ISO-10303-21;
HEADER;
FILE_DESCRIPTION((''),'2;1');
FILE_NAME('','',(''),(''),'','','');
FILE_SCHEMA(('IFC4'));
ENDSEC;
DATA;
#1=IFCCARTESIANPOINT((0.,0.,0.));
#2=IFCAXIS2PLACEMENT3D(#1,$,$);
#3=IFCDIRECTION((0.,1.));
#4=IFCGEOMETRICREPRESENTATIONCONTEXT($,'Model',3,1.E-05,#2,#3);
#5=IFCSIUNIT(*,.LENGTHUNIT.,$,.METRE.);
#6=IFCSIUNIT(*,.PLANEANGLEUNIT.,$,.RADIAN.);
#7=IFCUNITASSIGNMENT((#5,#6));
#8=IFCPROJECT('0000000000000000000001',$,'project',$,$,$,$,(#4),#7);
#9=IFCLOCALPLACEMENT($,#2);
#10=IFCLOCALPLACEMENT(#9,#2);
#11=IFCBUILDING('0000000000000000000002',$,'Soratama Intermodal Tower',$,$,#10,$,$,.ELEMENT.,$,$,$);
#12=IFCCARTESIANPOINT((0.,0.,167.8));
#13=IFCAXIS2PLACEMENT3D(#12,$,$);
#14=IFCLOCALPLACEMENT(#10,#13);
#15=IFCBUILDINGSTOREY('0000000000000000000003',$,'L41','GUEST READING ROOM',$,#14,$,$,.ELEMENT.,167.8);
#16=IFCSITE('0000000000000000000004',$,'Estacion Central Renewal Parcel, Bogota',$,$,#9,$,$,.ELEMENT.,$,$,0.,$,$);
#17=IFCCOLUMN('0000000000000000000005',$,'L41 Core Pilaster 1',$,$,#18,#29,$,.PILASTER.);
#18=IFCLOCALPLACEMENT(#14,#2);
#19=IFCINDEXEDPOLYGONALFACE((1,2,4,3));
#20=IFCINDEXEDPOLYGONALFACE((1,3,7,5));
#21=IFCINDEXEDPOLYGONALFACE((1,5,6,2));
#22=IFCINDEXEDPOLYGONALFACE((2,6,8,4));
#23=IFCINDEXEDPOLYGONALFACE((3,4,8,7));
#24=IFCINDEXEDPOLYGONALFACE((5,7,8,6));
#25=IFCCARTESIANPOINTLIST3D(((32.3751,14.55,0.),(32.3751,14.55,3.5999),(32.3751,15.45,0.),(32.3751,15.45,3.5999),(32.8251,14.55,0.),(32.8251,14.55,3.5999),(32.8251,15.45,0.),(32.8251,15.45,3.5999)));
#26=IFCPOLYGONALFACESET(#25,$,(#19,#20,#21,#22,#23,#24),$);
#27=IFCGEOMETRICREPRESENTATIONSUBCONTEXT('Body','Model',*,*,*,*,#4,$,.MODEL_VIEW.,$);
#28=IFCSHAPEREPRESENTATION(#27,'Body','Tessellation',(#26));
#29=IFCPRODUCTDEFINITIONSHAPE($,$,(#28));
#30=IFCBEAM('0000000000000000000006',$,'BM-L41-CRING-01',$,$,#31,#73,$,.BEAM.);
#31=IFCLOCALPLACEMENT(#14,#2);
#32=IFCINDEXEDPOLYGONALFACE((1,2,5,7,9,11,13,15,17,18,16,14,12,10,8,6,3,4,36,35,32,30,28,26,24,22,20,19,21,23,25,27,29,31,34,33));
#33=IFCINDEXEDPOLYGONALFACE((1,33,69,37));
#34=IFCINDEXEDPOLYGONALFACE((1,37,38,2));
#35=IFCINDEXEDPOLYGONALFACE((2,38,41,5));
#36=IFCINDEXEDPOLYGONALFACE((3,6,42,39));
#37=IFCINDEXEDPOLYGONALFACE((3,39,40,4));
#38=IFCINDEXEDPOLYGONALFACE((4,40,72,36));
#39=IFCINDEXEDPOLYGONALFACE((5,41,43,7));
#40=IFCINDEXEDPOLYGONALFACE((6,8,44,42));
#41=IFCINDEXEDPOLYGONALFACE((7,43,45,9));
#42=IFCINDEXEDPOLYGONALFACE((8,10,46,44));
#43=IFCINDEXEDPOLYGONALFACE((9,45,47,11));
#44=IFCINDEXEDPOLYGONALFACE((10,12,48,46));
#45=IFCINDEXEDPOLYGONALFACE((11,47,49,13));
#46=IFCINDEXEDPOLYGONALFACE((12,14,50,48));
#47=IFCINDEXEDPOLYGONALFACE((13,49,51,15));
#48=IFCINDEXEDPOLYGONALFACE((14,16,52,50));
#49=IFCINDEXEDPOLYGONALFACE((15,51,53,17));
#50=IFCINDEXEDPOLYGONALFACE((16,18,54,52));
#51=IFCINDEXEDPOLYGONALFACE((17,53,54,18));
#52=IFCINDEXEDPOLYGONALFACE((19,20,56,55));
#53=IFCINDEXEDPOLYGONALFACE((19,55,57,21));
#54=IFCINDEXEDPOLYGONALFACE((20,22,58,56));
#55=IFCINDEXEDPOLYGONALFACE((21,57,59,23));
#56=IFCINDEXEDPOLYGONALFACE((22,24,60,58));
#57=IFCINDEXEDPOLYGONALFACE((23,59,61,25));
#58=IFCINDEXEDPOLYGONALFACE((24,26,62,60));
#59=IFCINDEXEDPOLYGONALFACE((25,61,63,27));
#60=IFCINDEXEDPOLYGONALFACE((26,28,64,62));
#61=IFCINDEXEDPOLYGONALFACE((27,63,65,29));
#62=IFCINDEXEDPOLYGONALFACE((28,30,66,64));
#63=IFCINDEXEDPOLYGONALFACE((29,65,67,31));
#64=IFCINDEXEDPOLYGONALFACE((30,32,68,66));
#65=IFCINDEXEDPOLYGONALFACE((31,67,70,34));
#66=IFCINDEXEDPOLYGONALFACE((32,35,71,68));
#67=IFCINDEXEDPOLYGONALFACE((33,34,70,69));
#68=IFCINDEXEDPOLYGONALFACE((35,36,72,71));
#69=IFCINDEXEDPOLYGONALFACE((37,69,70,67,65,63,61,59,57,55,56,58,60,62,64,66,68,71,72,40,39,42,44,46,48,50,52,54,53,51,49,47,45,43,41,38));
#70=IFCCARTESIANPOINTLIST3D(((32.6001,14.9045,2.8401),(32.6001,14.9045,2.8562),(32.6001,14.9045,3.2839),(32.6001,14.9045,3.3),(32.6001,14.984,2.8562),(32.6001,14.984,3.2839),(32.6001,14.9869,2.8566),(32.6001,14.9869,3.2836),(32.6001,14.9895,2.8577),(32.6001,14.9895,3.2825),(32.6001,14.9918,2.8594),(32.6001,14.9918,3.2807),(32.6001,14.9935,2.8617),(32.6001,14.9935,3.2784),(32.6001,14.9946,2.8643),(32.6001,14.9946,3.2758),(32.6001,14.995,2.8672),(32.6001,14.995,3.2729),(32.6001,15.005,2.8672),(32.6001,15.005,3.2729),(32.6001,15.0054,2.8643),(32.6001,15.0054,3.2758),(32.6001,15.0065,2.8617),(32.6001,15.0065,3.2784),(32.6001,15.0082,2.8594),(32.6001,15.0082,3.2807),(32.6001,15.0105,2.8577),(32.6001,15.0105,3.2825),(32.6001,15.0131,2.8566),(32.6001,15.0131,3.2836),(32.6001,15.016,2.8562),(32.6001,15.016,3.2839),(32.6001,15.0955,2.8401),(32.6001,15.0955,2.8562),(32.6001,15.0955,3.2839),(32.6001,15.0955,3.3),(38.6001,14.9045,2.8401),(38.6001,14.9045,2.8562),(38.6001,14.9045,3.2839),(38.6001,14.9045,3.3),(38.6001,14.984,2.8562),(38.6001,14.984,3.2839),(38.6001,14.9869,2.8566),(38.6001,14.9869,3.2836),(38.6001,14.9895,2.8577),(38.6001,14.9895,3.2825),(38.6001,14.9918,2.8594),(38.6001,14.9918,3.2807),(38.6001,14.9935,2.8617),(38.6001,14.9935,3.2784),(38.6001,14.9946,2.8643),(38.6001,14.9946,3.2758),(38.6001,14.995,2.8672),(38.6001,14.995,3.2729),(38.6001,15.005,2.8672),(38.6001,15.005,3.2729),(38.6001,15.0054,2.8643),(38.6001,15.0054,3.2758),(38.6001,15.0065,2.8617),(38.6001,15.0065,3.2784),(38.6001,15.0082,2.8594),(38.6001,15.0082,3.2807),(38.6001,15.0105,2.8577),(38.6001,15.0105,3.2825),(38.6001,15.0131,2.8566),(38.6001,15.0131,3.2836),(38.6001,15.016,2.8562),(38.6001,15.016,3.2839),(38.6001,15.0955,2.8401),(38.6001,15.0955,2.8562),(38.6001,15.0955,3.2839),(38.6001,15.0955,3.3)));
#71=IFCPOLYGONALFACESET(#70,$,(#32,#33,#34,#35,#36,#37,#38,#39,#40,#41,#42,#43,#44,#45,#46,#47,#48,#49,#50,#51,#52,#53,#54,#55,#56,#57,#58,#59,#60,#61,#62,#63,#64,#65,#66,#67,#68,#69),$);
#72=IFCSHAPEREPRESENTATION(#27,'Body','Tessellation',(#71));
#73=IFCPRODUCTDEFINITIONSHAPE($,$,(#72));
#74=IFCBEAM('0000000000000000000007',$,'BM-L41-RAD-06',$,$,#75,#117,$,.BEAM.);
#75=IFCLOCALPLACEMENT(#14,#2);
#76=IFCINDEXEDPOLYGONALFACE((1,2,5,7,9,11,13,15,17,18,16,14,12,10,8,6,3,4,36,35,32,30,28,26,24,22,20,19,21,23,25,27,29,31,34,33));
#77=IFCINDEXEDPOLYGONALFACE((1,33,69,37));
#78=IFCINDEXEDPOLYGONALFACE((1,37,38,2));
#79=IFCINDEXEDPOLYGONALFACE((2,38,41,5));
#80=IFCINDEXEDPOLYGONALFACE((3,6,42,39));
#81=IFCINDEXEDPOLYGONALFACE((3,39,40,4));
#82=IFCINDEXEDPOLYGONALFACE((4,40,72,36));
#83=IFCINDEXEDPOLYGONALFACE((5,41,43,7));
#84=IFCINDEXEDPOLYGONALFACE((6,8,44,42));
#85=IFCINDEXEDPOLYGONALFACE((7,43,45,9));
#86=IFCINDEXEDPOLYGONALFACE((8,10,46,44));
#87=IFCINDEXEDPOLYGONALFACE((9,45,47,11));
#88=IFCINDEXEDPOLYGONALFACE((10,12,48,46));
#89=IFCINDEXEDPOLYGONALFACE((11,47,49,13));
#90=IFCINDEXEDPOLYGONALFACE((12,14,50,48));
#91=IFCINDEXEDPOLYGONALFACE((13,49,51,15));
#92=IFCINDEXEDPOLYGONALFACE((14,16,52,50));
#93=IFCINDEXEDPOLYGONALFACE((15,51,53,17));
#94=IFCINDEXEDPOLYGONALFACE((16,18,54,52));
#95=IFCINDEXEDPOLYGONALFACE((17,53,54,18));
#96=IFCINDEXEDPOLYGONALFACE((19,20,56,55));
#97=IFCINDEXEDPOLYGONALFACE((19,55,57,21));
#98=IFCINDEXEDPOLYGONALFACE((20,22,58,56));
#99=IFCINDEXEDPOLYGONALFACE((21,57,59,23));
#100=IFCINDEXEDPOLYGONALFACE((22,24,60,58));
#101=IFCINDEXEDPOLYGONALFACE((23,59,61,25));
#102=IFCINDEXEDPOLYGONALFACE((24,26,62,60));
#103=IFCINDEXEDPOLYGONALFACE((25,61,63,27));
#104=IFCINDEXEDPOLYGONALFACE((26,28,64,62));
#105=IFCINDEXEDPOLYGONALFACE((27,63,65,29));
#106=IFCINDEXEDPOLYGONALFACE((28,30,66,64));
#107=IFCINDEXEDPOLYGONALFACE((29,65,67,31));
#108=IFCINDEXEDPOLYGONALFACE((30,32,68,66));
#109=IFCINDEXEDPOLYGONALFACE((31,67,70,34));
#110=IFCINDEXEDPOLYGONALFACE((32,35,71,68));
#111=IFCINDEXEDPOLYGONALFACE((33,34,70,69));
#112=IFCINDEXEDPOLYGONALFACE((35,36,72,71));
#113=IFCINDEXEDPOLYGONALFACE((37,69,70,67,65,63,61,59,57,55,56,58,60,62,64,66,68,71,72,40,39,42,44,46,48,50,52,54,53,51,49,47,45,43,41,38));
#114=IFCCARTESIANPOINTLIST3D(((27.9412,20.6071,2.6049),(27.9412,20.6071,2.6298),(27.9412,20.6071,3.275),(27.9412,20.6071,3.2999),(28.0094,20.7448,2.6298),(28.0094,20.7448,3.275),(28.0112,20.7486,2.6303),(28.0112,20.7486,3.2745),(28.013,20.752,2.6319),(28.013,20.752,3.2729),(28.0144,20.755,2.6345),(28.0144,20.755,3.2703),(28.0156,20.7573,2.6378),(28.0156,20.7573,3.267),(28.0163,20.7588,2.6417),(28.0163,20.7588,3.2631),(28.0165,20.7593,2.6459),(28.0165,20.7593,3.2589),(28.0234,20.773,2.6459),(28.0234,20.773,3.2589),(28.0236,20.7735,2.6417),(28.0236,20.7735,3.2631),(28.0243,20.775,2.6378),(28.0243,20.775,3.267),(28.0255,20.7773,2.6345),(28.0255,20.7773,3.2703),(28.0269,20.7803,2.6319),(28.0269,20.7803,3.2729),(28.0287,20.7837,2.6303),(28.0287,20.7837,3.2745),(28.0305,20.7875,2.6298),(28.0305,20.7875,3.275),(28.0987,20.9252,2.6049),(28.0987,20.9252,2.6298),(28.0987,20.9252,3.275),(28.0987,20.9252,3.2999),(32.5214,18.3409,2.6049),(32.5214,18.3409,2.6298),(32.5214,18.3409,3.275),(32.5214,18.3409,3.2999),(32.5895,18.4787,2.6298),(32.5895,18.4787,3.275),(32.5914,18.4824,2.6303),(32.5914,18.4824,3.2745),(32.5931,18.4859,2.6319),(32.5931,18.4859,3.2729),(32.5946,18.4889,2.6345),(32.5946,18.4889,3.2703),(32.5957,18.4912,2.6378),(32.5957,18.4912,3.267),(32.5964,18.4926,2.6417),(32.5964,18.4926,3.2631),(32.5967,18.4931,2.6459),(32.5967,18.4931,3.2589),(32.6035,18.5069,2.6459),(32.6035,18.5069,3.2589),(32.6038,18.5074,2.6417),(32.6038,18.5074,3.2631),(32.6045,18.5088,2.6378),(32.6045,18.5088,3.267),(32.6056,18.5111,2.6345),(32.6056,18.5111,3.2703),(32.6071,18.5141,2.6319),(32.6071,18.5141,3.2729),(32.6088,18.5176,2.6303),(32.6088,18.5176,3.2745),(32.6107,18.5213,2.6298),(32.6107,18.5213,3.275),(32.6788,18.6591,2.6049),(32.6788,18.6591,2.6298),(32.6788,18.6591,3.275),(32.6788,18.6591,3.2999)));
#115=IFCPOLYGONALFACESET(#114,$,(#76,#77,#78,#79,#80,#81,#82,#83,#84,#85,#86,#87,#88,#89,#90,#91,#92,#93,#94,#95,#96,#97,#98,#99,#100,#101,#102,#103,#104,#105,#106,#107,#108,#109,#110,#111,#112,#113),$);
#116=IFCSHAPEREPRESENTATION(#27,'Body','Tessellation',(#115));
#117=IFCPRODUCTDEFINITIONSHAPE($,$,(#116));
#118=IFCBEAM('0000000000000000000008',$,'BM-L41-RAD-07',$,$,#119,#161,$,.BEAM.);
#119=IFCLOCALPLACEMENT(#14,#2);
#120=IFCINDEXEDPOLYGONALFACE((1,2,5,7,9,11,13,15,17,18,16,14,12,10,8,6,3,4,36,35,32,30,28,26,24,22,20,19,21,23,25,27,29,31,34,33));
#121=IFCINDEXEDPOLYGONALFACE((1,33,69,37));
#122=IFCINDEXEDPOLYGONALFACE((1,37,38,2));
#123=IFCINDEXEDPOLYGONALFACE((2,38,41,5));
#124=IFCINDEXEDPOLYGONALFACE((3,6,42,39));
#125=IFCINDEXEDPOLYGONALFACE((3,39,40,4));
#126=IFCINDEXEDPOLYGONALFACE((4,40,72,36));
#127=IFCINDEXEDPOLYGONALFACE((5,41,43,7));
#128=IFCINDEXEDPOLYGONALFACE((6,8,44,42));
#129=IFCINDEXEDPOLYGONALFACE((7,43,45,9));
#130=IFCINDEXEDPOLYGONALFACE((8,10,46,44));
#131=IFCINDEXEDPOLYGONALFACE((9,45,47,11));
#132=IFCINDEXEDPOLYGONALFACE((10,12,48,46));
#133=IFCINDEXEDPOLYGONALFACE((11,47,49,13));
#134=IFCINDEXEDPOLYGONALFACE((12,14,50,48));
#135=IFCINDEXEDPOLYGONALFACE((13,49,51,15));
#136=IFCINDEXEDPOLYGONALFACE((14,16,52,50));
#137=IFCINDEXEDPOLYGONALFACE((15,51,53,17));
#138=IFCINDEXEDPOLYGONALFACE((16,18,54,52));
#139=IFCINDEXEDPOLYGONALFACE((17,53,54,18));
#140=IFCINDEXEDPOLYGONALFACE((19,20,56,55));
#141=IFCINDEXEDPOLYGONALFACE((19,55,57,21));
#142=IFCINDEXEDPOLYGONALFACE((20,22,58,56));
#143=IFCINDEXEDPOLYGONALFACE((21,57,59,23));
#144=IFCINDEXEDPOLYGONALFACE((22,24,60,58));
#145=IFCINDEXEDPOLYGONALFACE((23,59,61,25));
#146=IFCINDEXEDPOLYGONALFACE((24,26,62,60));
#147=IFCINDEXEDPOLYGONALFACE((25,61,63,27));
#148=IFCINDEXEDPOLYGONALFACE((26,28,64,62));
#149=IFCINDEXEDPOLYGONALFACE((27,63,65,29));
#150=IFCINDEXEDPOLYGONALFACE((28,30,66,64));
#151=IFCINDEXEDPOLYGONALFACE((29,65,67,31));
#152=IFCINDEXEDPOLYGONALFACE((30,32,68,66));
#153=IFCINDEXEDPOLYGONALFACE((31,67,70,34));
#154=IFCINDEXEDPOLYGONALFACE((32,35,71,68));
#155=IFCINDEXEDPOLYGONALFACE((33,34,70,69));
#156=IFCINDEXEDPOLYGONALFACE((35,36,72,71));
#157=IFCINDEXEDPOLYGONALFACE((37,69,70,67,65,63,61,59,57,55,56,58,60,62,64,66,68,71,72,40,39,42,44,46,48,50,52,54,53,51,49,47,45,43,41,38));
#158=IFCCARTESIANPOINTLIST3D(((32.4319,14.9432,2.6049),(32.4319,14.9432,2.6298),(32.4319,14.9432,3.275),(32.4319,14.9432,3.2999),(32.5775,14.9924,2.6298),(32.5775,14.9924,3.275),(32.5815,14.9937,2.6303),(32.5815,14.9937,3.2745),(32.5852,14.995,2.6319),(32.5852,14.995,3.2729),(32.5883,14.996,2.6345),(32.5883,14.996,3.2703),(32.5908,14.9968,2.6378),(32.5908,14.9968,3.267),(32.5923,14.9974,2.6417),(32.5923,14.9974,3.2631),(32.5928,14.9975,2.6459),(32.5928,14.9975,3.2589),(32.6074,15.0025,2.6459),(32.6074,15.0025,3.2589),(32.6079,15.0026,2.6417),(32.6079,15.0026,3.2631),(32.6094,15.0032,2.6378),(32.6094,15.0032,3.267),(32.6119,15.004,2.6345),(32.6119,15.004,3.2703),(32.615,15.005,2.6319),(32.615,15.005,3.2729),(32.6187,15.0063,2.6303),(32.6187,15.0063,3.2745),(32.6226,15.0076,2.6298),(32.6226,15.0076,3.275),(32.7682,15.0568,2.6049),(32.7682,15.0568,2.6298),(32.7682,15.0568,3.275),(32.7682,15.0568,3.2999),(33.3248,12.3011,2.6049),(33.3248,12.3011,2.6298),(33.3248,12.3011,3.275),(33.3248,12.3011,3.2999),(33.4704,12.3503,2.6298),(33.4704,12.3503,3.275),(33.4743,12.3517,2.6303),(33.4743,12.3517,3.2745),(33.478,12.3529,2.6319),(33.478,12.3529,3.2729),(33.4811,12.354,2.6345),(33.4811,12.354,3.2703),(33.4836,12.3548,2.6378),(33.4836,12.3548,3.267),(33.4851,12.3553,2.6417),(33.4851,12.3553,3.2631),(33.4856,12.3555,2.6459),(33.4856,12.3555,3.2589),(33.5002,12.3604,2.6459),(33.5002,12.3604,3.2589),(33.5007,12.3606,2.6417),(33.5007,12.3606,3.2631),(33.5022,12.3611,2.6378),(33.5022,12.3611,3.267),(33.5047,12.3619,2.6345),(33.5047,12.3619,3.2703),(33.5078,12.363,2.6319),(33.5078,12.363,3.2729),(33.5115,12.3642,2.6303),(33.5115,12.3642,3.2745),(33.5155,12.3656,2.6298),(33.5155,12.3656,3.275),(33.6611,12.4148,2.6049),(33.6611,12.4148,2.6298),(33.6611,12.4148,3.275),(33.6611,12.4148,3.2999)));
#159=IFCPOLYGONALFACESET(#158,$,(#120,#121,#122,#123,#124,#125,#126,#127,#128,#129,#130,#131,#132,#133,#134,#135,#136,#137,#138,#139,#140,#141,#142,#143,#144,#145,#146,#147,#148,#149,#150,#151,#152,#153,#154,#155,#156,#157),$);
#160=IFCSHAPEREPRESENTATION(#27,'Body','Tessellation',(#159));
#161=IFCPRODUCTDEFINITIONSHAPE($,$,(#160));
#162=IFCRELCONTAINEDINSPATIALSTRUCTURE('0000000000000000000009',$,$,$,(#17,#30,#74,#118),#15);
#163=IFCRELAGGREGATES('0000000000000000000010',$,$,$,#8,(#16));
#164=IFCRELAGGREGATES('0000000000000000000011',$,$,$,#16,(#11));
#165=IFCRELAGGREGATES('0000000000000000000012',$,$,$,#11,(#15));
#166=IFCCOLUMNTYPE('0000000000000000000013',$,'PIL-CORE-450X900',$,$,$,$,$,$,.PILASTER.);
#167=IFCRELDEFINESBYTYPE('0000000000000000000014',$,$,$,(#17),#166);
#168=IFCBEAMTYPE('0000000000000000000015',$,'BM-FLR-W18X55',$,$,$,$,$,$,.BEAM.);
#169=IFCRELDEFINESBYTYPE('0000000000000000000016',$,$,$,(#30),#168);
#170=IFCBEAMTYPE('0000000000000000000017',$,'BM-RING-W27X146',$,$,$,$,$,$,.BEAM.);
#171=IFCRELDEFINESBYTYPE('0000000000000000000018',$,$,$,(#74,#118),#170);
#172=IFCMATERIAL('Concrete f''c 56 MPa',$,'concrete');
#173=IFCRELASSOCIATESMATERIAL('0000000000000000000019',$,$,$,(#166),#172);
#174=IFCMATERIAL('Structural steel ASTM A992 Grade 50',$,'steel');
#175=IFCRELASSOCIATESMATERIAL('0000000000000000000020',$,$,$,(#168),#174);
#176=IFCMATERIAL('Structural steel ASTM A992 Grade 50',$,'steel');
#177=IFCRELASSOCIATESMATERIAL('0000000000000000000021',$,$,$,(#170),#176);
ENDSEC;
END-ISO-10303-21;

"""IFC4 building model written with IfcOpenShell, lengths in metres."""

from ifc_helpers import new_model, si_unit, direction, frame, origin, origin_2d, place, context, subcontext, project, spatial, rectangle, i_section, extrude, material, material_profile, profile_set, type_object, element, save


model = new_model("IFC4")

# Units and contexts
model_context = context("Model", 3, precision=1e-05, world=origin(), true_north=direction((0.0, 1.0)))
body_context = subcontext(model_context, "Body", "Model", "MODEL_VIEW")
ifc_project = project(units=[si_unit("LENGTHUNIT", "METRE"), si_unit("PLANEANGLEUNIT", "RADIAN")], contexts=[model_context])

# Site, building, storey
site_placement = place(None, origin())
site = spatial("IfcSite", under=ifc_project, at=site_placement, Name="Estacion Central Renewal Parcel, Bogota", CompositionType="ELEMENT", RefElevation=0.0)
building_placement = place(site_placement, origin())
building = spatial("IfcBuilding", under=site, at=building_placement, Name="Soratama Intermodal Tower", CompositionType="ELEMENT")
storey_placement = place(building_placement, frame((0.0, 0.0, 167.8)))
storey = spatial("IfcBuildingStorey", under=building, at=storey_placement, Name="L41", Description="GUEST READING ROOM", CompositionType="ELEMENT", Elevation=167.8)

# Column
ifc_material_1 = material(Name="Concrete f'c 56 MPa", Category="concrete")
ifc_material_profile_1 = material_profile(ifc_material_1, rectangle(XDim=0.45, YDim=0.8999, at=origin_2d()), Name="RC450X900")
ifc_profile_set_1 = profile_set([ifc_material_profile_1], Name="Concrete f'c 56 MPa")
column_type = type_object("IfcColumnType", Name="PIL-CORE-450X900", PredefinedType="PILASTER", material=ifc_profile_set_1)
column_placement = place(storey_placement, frame((32.6001, 15.0, 0.0), z_axis=(0.0, 0.0, 1.0), x_axis=(1.0, 0.0, 0.0)))
element("IfcColumn", 1, at=column_placement, inside=storey, type_object=column_type, Name="L41 Core Pilaster 1", PredefinedType="PILASTER", context=body_context, shape_type="SweptSolid", body=[
    extrude(rectangle(XDim=0.45, YDim=0.8999, at=origin_2d()), origin(), (0.0, 0.0, 1.0), 3.5999),
])

# Beams
ifc_material_2 = material(Name="Structural steel ASTM A992 Grade 50", Category="steel")
ifc_material_profile_2 = material_profile(ifc_material_2, i_section(OverallWidth=0.1909, OverallDepth=0.46, WebThickness=0.01, FlangeThickness=0.0161, FilletRadius=0.011, at=origin_2d()), Name="W18X55")
ifc_profile_set_2 = profile_set([ifc_material_profile_2], Name="Structural steel ASTM A992 Grade 50")
beam_type_1 = type_object("IfcBeamType", Name="BM-FLR-W18X55", PredefinedType="BEAM", material=ifc_profile_set_2)
beam_1_placement = place(storey_placement, frame((32.6001, 15.0, 3.0701), z_axis=(1.0, 0.0, 0.0), x_axis=(0.0, 1.0, 0.0)))
element("IfcBeam", 2, at=beam_1_placement, inside=storey, type_object=beam_type_1, Name="BM-L41-CRING-01", PredefinedType="BEAM", context=body_context, shape_type="SweptSolid", body=[
    extrude(i_section(OverallWidth=0.1909, OverallDepth=0.46, WebThickness=0.01, FlangeThickness=0.0161, FilletRadius=0.011, at=origin_2d()), origin(), (0.0, 0.0, 1.0), 6.0),
])
ifc_material_3 = material(Name="Structural steel ASTM A992 Grade 50", Category="steel")
ifc_material_profile_3 = material_profile(ifc_material_3, i_section(OverallWidth=0.355, OverallDepth=0.6951, WebThickness=0.0154, FlangeThickness=0.0249, FilletRadius=0.0161, at=origin_2d()), Name="W27X146")
ifc_profile_set_3 = profile_set([ifc_material_profile_3], Name="Structural steel ASTM A992 Grade 50")
beam_type_2 = type_object("IfcBeamType", Name="BM-RING-W27X146", PredefinedType="BEAM", material=ifc_profile_set_3)
beam_2_placement = place(storey_placement, frame((32.6001, 18.5, 2.9524), z_axis=(-0.896292, 0.443464, 0.0), x_axis=(-0.443464, -0.896292, 0.0)))
element("IfcBeam", 3, at=beam_2_placement, inside=storey, type_object=beam_type_2, Name="BM-L41-RAD-06", PredefinedType="BEAM", context=body_context, shape_type="SweptSolid", body=[
    extrude(i_section(OverallWidth=0.355, OverallDepth=0.6951, WebThickness=0.0154, FlangeThickness=0.0249, FilletRadius=0.0161, at=origin_2d()), origin(), (0.0, 0.0, 1.0), 5.1101),
])
beam_3_placement = place(storey_placement, frame((32.6001, 15.0, 2.9524), z_axis=(0.320138, -0.947371, 0.0), x_axis=(0.947371, 0.320138, 0.0)))
element("IfcBeam", 4, at=beam_3_placement, inside=storey, type_object=beam_type_2, Name="BM-L41-RAD-07", PredefinedType="BEAM", context=body_context, shape_type="SweptSolid", body=[
    extrude(i_section(OverallWidth=0.355, OverallDepth=0.6951, WebThickness=0.0154, FlangeThickness=0.0249, FilletRadius=0.0161, at=origin_2d()), origin(), (0.0, 0.0, 1.0), 2.7888),
])

save(model, "model.ifc")
